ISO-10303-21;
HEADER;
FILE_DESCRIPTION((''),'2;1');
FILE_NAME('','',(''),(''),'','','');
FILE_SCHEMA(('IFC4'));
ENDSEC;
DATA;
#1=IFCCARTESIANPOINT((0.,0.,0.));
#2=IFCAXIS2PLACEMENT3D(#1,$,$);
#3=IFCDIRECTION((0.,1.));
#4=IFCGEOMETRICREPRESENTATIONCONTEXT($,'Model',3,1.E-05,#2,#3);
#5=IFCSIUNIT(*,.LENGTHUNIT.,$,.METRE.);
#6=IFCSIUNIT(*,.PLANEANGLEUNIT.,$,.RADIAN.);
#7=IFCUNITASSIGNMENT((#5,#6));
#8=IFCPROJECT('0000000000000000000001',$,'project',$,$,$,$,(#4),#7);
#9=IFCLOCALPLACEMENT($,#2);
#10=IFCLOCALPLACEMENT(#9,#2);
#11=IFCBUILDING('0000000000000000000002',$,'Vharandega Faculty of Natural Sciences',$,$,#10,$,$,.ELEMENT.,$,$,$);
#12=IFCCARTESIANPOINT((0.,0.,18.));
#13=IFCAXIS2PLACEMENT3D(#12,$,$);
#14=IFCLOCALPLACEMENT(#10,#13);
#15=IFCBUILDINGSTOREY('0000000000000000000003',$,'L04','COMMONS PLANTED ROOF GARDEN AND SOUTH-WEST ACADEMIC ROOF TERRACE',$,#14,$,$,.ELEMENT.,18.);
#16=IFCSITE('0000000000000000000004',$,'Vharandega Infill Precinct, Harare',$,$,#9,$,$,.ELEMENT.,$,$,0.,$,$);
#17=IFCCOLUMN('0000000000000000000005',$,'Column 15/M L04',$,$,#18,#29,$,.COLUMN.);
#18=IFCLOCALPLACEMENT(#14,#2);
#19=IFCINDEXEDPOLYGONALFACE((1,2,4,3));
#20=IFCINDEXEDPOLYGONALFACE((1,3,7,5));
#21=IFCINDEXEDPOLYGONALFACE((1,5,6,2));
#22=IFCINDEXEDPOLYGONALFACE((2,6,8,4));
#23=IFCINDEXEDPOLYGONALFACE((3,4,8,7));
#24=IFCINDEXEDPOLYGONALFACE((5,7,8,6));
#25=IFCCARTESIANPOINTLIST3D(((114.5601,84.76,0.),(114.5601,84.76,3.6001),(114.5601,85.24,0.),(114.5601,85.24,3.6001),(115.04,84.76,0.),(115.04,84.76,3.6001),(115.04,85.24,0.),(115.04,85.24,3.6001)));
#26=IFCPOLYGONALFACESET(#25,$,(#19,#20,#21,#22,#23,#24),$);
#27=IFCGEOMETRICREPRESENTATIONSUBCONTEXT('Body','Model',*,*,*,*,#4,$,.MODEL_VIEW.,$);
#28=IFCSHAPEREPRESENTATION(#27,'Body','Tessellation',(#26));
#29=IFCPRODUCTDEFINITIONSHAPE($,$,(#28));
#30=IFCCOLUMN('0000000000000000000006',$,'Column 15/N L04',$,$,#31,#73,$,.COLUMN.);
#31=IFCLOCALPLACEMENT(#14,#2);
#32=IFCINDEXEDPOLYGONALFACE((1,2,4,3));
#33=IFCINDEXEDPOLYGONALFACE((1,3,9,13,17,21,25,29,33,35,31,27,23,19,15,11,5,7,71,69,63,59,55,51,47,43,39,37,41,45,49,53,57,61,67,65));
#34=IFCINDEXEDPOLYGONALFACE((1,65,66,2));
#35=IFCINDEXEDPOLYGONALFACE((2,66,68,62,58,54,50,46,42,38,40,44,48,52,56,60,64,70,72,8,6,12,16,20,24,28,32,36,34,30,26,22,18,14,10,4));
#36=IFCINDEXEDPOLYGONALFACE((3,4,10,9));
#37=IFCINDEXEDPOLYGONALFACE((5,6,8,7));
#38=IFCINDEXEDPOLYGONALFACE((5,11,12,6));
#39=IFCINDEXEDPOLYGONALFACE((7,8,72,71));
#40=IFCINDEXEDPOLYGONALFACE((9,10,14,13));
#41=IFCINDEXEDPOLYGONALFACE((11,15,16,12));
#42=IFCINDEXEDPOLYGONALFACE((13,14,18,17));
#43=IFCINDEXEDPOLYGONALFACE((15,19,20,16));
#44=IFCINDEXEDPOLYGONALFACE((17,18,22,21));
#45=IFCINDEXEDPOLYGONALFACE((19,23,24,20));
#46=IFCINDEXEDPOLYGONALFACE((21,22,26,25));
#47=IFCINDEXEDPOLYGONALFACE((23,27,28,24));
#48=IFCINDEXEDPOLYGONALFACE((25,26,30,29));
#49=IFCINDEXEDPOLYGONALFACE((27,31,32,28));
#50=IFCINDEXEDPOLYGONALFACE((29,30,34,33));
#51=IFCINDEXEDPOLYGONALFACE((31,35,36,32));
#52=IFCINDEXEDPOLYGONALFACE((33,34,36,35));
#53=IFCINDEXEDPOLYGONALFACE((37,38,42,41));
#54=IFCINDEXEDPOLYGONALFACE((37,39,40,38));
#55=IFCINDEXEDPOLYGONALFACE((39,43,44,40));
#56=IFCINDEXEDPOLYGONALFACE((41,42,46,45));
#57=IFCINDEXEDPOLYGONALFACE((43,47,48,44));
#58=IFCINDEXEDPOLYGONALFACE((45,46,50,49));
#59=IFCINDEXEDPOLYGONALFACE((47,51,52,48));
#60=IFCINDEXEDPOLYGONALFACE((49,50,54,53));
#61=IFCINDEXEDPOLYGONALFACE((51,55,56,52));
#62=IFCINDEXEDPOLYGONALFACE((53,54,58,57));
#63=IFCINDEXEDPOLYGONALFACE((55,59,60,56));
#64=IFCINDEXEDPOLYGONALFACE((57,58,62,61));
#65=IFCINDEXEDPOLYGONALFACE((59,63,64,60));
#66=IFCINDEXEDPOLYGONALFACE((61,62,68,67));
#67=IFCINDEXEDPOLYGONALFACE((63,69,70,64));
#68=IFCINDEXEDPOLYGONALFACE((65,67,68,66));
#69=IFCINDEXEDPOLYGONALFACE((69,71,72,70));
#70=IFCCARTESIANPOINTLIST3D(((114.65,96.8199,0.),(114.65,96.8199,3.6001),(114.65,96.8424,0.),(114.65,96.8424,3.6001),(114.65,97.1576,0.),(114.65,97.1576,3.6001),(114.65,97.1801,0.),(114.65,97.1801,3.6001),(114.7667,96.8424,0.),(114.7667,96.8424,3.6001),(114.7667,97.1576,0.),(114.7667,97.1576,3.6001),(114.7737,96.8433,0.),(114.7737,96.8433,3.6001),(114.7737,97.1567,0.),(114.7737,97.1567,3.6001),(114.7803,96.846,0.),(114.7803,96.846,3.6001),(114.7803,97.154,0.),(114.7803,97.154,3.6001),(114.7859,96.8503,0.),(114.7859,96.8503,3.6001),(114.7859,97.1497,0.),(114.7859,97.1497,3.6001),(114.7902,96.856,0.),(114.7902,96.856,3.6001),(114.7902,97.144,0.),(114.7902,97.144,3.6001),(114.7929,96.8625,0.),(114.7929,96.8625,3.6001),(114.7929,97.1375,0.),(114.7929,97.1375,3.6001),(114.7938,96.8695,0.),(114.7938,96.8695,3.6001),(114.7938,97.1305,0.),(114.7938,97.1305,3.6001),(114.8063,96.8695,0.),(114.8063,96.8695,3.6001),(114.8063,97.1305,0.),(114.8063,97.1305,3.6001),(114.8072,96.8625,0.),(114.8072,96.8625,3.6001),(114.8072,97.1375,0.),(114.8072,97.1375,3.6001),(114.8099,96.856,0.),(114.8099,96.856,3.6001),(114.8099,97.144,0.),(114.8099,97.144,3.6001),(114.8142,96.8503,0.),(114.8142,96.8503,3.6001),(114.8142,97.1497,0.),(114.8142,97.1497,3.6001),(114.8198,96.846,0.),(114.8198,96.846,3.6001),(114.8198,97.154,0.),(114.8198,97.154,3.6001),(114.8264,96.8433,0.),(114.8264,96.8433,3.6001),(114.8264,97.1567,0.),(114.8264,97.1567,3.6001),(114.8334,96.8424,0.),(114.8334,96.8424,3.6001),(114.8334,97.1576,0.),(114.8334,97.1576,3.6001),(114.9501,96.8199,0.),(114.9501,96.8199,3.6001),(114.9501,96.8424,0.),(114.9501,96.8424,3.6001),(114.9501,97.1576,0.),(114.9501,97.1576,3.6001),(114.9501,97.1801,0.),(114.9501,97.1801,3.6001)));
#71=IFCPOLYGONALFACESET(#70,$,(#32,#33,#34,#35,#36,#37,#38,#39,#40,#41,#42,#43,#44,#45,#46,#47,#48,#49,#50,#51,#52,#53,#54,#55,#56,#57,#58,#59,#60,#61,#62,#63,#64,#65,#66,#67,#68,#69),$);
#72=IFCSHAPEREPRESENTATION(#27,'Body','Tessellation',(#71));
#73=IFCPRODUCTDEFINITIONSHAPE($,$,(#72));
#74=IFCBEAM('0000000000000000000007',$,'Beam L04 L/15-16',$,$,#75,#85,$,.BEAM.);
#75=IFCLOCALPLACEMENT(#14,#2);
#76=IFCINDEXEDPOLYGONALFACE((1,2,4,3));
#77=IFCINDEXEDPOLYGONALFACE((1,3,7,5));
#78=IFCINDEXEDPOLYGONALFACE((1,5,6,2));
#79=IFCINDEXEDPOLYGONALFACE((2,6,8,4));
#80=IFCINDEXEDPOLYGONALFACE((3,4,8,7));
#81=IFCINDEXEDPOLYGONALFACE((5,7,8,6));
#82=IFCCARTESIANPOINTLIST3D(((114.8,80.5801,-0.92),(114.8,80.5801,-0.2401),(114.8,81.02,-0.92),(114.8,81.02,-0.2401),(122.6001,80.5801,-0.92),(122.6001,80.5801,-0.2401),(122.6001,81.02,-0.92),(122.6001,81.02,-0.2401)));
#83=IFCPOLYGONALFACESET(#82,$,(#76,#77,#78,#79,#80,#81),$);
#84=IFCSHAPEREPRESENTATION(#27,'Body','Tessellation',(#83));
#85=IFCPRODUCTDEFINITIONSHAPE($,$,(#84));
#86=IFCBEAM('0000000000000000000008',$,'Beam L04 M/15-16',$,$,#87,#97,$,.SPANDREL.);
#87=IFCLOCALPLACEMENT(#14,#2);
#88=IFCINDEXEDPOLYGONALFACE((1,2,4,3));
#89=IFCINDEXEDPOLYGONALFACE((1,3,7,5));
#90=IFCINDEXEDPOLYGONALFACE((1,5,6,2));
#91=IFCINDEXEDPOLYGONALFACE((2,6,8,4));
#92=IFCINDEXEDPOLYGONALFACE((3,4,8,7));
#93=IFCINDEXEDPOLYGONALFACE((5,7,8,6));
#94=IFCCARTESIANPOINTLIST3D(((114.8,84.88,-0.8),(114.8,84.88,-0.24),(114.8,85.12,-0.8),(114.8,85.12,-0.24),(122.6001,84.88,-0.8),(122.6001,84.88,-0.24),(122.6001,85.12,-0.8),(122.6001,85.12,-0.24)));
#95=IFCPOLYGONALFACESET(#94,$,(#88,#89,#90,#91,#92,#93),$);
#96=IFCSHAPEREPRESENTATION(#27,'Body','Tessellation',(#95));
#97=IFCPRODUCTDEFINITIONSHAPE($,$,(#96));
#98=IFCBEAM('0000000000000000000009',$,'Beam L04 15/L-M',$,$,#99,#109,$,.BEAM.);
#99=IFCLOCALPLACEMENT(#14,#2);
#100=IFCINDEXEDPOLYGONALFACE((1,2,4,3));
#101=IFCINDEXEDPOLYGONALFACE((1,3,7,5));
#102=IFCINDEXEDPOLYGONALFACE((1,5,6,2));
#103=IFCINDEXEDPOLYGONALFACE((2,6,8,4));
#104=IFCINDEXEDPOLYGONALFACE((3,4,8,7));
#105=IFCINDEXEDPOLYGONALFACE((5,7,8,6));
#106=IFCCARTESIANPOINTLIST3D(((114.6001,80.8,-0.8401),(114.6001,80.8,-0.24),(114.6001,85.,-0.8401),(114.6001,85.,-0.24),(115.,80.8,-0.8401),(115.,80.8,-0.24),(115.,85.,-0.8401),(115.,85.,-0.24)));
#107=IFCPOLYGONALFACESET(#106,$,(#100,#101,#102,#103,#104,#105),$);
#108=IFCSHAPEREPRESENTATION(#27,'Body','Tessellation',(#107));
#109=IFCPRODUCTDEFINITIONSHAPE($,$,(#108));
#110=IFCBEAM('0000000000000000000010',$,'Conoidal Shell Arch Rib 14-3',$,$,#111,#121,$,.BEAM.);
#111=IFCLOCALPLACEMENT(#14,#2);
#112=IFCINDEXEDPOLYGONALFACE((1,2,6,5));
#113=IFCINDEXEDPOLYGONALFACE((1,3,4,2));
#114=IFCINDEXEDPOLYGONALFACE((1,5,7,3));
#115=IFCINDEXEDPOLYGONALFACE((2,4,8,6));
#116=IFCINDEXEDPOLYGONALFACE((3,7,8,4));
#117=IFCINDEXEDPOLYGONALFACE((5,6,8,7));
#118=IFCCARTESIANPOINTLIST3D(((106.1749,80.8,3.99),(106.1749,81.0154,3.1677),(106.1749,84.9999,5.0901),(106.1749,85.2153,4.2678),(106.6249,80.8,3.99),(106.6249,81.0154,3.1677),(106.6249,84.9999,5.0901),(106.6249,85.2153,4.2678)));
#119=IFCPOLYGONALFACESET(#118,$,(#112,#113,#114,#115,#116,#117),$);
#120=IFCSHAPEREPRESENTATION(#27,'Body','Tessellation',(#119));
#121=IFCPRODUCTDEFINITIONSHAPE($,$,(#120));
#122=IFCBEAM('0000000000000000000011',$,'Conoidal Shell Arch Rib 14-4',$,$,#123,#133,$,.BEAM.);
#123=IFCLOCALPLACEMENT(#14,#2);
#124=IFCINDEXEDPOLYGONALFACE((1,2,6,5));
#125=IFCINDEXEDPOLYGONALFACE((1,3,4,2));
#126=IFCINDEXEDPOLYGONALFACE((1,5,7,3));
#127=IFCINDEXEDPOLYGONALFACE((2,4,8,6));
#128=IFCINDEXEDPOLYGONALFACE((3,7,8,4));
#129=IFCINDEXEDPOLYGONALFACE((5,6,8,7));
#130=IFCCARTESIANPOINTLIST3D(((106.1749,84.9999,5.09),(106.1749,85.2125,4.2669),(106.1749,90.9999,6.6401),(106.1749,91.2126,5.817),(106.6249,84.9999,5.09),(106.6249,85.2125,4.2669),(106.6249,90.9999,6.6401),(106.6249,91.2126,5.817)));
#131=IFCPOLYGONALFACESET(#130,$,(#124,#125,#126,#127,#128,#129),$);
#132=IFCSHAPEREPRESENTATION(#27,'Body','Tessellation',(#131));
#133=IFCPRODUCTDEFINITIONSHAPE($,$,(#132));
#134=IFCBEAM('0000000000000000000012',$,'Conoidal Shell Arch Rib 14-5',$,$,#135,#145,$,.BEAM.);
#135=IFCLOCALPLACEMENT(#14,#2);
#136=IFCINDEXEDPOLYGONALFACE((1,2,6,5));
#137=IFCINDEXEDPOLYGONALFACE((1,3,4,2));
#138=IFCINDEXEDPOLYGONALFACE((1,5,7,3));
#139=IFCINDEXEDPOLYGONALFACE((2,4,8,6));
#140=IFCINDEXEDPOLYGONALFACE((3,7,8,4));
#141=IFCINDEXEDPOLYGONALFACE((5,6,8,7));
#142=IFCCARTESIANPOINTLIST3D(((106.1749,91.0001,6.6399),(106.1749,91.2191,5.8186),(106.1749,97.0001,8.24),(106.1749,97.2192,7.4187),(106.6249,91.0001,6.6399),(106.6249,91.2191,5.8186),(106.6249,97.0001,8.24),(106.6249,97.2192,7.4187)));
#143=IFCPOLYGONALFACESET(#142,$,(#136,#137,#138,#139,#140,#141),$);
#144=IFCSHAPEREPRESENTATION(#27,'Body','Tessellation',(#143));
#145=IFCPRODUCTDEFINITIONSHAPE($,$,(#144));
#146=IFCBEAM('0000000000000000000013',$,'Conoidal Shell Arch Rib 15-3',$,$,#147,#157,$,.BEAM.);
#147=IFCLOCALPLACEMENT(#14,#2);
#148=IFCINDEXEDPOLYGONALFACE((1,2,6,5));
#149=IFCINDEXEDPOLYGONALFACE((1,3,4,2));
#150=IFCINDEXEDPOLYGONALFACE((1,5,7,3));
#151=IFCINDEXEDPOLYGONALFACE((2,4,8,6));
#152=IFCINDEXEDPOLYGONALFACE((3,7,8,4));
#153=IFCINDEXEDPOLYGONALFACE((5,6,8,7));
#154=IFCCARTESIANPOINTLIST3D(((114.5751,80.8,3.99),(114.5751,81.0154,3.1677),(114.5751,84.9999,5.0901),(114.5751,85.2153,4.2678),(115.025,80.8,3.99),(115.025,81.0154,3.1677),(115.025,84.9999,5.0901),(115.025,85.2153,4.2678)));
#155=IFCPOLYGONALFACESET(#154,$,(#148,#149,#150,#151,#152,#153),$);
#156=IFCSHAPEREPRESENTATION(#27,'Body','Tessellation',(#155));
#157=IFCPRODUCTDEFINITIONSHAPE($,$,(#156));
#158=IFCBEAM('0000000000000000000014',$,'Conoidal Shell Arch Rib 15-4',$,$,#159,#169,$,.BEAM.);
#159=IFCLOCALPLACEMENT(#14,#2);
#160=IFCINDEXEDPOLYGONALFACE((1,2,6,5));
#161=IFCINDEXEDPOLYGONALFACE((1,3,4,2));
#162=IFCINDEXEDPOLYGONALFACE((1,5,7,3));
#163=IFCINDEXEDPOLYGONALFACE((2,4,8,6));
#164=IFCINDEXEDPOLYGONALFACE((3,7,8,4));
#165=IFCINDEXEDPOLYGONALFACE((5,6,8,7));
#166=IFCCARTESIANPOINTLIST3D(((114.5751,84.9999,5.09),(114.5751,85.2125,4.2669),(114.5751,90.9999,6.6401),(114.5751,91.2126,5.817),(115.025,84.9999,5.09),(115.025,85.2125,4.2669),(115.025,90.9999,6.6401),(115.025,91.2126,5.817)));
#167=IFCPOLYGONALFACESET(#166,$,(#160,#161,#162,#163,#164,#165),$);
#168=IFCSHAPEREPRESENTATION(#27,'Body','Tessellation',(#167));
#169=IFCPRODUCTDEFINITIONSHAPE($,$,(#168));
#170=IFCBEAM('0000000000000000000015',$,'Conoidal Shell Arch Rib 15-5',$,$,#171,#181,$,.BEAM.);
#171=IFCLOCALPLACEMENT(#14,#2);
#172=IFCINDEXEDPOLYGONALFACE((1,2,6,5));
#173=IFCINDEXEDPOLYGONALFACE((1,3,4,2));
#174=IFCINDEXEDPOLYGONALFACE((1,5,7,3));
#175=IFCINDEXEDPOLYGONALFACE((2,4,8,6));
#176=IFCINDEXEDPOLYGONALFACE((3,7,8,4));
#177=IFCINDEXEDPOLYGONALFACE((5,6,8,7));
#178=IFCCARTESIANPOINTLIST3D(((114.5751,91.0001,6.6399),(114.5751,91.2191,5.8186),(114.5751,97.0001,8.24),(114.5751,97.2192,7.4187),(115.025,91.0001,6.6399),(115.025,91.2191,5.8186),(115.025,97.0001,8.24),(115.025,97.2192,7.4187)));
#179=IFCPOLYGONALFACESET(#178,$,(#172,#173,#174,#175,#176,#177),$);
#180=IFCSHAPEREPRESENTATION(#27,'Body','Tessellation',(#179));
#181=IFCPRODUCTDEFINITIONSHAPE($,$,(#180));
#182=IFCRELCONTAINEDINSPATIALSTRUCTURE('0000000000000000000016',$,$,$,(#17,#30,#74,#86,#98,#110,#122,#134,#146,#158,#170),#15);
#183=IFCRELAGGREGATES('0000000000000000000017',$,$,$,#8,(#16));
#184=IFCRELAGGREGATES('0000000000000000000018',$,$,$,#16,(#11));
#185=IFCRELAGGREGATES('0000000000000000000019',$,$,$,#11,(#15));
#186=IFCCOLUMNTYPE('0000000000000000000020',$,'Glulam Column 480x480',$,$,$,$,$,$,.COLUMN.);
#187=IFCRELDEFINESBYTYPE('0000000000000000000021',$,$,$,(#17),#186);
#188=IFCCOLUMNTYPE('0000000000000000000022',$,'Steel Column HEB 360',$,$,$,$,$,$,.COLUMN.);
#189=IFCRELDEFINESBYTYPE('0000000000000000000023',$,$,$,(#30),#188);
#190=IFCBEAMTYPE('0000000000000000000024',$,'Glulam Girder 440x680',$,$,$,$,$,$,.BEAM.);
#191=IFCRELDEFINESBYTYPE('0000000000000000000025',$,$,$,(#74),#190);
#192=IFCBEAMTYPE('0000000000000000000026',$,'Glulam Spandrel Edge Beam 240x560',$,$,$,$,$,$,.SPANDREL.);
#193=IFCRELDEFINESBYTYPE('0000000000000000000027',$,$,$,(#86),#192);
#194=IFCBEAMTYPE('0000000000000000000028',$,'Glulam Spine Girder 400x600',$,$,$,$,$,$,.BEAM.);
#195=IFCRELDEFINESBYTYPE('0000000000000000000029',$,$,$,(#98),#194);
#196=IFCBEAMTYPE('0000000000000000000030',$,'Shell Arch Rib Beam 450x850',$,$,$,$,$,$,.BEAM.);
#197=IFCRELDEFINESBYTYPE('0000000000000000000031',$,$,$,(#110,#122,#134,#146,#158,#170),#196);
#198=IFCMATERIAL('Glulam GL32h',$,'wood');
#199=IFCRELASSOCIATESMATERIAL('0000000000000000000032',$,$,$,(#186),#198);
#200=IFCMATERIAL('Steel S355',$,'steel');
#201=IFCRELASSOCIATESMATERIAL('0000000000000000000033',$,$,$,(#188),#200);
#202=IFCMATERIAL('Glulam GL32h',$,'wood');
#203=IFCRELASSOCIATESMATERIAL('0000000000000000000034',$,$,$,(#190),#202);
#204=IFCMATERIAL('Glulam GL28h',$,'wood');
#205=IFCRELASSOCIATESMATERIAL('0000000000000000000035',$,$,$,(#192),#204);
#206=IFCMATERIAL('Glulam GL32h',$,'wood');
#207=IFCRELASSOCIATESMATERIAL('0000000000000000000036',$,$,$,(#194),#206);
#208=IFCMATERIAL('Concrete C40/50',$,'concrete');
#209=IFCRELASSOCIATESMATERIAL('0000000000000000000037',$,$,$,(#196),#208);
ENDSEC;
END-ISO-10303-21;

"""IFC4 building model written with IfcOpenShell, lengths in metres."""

from ifc_helpers import new_model, si_unit, direction, frame, origin, origin_2d, place, context, subcontext, project, spatial, rectangle, i_section, extrude, material, material_profile, profile_set, type_object, element, save


model = new_model("IFC4")

# Units and contexts
model_context = context("Model", 3, precision=1e-05, world=origin(), true_north=direction((0.0, 1.0)))
body_context = subcontext(model_context, "Body", "Model", "MODEL_VIEW")
ifc_project = project(units=[si_unit("LENGTHUNIT", "METRE"), si_unit("PLANEANGLEUNIT", "RADIAN")], contexts=[model_context])

# Site, building, storey
site_placement = place(None, origin())
site = spatial("IfcSite", under=ifc_project, at=site_placement, Name="Vharandega Infill Precinct, Harare", CompositionType="ELEMENT", RefElevation=0.0)
building_placement = place(site_placement, origin())
building = spatial("IfcBuilding", under=site, at=building_placement, Name="Vharandega Faculty of Natural Sciences", CompositionType="ELEMENT")
storey_placement = place(building_placement, frame((0.0, 0.0, 18.0)))
storey = spatial("IfcBuildingStorey", under=building, at=storey_placement, Name="L04", Description="COMMONS PLANTED ROOF GARDEN AND SOUTH-WEST ACADEMIC ROOF TERRACE", CompositionType="ELEMENT", Elevation=18.0)

# Columns
ifc_material_1 = material(Name="Glulam GL32h", Category="wood")
ifc_material_profile_1 = material_profile(ifc_material_1, rectangle(XDim=0.48, YDim=0.48, at=origin_2d()), Name="GL32h 480x480")
ifc_profile_set_1 = profile_set([ifc_material_profile_1], Name="Glulam GL32h")
column_type_1 = type_object("IfcColumnType", Name="Glulam Column 480x480", PredefinedType="COLUMN", material=ifc_profile_set_1)
column_1_placement = place(storey_placement, frame((114.8, 85.0, 0.0), z_axis=(0.0, 0.0, 1.0), x_axis=(1.0, 0.0, 0.0)))
element("IfcColumn", 1, at=column_1_placement, inside=storey, type_object=column_type_1, Name="Column 15/M L04", PredefinedType="COLUMN", context=body_context, shape_type="SweptSolid", body=[
    extrude(rectangle(XDim=0.48, YDim=0.48, at=origin_2d()), origin(), (0.0, 0.0, 1.0), 3.6001),
])
ifc_material_2 = material(Name="Steel S355", Category="steel")
ifc_material_profile_2 = material_profile(ifc_material_2, i_section(OverallWidth=0.3, OverallDepth=0.3601, WebThickness=0.0125, FlangeThickness=0.0225, FilletRadius=0.0271, at=origin_2d()), Name="HEB 360")
ifc_profile_set_2 = profile_set([ifc_material_profile_2], Name="Steel S355")
column_type_2 = type_object("IfcColumnType", Name="Steel Column HEB 360", PredefinedType="COLUMN", material=ifc_profile_set_2)
column_2_placement = place(storey_placement, frame((114.8, 97.0, 0.0), z_axis=(0.0, 0.0, 1.0), x_axis=(1.0, 0.0, 0.0)))
element("IfcColumn", 2, at=column_2_placement, inside=storey, type_object=column_type_2, Name="Column 15/N L04", PredefinedType="COLUMN", context=body_context, shape_type="SweptSolid", body=[
    extrude(i_section(OverallWidth=0.3, OverallDepth=0.3601, WebThickness=0.0125, FlangeThickness=0.0225, FilletRadius=0.0271, at=origin_2d()), origin(), (0.0, 0.0, 1.0), 3.6001),
])

# Beams
ifc_material_3 = material(Name="Glulam GL32h", Category="wood")
ifc_material_profile_3 = material_profile(ifc_material_3, rectangle(XDim=0.4399, YDim=0.6799, at=origin_2d()), Name="GL32h 440x680")
ifc_profile_set_3 = profile_set([ifc_material_profile_3], Name="Glulam GL32h")
beam_type_1 = type_object("IfcBeamType", Name="Glulam Girder 440x680", PredefinedType="BEAM", material=ifc_profile_set_3)
beam_1_placement = place(storey_placement, frame((114.8, 80.8, -0.5801), z_axis=(1.0, 0.0, 0.0), x_axis=(0.0, 1.0, 0.0)))
element("IfcBeam", 3, at=beam_1_placement, inside=storey, type_object=beam_type_1, Name="Beam L04 L/15-16", PredefinedType="BEAM", context=body_context, shape_type="SweptSolid", body=[
    extrude(rectangle(XDim=0.4399, YDim=0.6799, at=origin_2d()), origin(), (0.0, 0.0, 1.0), 7.8),
])
ifc_material_4 = material(Name="Glulam GL28h", Category="wood")
ifc_material_profile_4 = material_profile(ifc_material_4, rectangle(XDim=0.24, YDim=0.5601, at=origin_2d()), Name="GL28h 240x560")
ifc_profile_set_4 = profile_set([ifc_material_profile_4], Name="Glulam GL28h")
beam_type_2 = type_object("IfcBeamType", Name="Glulam Spandrel Edge Beam 240x560", PredefinedType="SPANDREL", material=ifc_profile_set_4)
beam_2_placement = place(storey_placement, frame((114.8, 85.0, -0.52), z_axis=(1.0, 0.0, 0.0), x_axis=(0.0, 1.0, 0.0)))
element("IfcBeam", 4, at=beam_2_placement, inside=storey, type_object=beam_type_2, Name="Beam L04 M/15-16", PredefinedType="SPANDREL", context=body_context, shape_type="SweptSolid", body=[
    extrude(rectangle(XDim=0.24, YDim=0.5601, at=origin_2d()), origin(), (0.0, 0.0, 1.0), 7.8),
])
ifc_material_5 = material(Name="Glulam GL32h", Category="wood")
ifc_material_profile_5 = material_profile(ifc_material_5, rectangle(XDim=0.3999, YDim=0.6001, at=origin_2d()), Name="GL32h 400x600")
ifc_profile_set_5 = profile_set([ifc_material_profile_5], Name="Glulam GL32h")
beam_type_3 = type_object("IfcBeamType", Name="Glulam Spine Girder 400x600", PredefinedType="BEAM", material=ifc_profile_set_5)
beam_3_placement = place(storey_placement, frame((114.8, 80.8, -0.54), z_axis=(0.0, 1.0, 0.0), x_axis=(-1.0, 0.0, 0.0)))
element("IfcBeam", 5, at=beam_3_placement, inside=storey, type_object=beam_type_3, Name="Beam L04 15/L-M", PredefinedType="BEAM", context=body_context, shape_type="SweptSolid", body=[
    extrude(rectangle(XDim=0.3999, YDim=0.6001, at=origin_2d()), origin(), (0.0, 0.0, 1.0), 4.2),
])
ifc_material_6 = material(Name="Concrete C40/50", Category="concrete")
ifc_material_profile_6 = material_profile(ifc_material_6, rectangle(XDim=0.45, YDim=0.8501, at=origin_2d()), Name="RC 450x850")
ifc_profile_set_6 = profile_set([ifc_material_profile_6], Name="Concrete C40/50")
beam_type_4 = type_object("IfcBeamType", Name="Shell Arch Rib Beam 450x850", PredefinedType="BEAM", material=ifc_profile_set_6)
beam_4_placement = place(storey_placement, frame((106.3999, 80.9077, 3.5789), z_axis=(0.0, 0.967366, 0.253383), x_axis=(-1.0, 0.0, 0.0)))
element("IfcBeam", 6, at=beam_4_placement, inside=storey, type_object=beam_type_4, Name="Conoidal Shell Arch Rib 14-3", PredefinedType="BEAM", context=body_context, shape_type="SweptSolid", body=[
    extrude(rectangle(XDim=0.45, YDim=0.8501, at=origin_2d()), origin(), (0.0, 0.0, 1.0), 4.3416),
])
beam_5_placement = place(storey_placement, frame((106.3999, 85.1062, 4.6785), z_axis=(0.0, 0.968212, 0.250129), x_axis=(-1.0, 0.0, 0.0)))
element("IfcBeam", 7, at=beam_5_placement, inside=storey, type_object=beam_type_4, Name="Conoidal Shell Arch Rib 14-4", PredefinedType="BEAM", context=body_context, shape_type="SweptSolid", body=[
    extrude(rectangle(XDim=0.45, YDim=0.8501, at=origin_2d()), origin(), (0.0, 0.0, 1.0), 6.197),
])
beam_6_placement = place(storey_placement, frame((106.3999, 91.1096, 6.2292), z_axis=(0.0, 0.966231, 0.257677), x_axis=(-1.0, 0.0, 0.0)))
element("IfcBeam", 8, at=beam_6_placement, inside=storey, type_object=beam_type_4, Name="Conoidal Shell Arch Rib 14-5", PredefinedType="BEAM", context=body_context, shape_type="SweptSolid", body=[
    extrude(rectangle(XDim=0.45, YDim=0.8501, at=origin_2d()), origin(), (0.0, 0.0, 1.0), 6.2097),
])
beam_7_placement = place(storey_placement, frame((114.8, 80.9077, 3.5789), z_axis=(0.0, 0.967366, 0.253383), x_axis=(-1.0, 0.0, 0.0)))
element("IfcBeam", 9, at=beam_7_placement, inside=storey, type_object=beam_type_4, Name="Conoidal Shell Arch Rib 15-3", PredefinedType="BEAM", context=body_context, shape_type="SweptSolid", body=[
    extrude(rectangle(XDim=0.45, YDim=0.8501, at=origin_2d()), origin(), (0.0, 0.0, 1.0), 4.3416),
])
beam_8_placement = place(storey_placement, frame((114.8, 85.1062, 4.6785), z_axis=(0.0, 0.968212, 0.250129), x_axis=(-1.0, 0.0, 0.0)))
element("IfcBeam", 10, at=beam_8_placement, inside=storey, type_object=beam_type_4, Name="Conoidal Shell Arch Rib 15-4", PredefinedType="BEAM", context=body_context, shape_type="SweptSolid", body=[
    extrude(rectangle(XDim=0.45, YDim=0.8501, at=origin_2d()), origin(), (0.0, 0.0, 1.0), 6.197),
])
beam_9_placement = place(storey_placement, frame((114.8, 91.1096, 6.2292), z_axis=(0.0, 0.966231, 0.257677), x_axis=(-1.0, 0.0, 0.0)))
element("IfcBeam", 11, at=beam_9_placement, inside=storey, type_object=beam_type_4, Name="Conoidal Shell Arch Rib 15-5", PredefinedType="BEAM", context=body_context, shape_type="SweptSolid", body=[
    extrude(rectangle(XDim=0.45, YDim=0.8501, at=origin_2d()), origin(), (0.0, 0.0, 1.0), 6.2097),
])

save(model, "model.ifc")
